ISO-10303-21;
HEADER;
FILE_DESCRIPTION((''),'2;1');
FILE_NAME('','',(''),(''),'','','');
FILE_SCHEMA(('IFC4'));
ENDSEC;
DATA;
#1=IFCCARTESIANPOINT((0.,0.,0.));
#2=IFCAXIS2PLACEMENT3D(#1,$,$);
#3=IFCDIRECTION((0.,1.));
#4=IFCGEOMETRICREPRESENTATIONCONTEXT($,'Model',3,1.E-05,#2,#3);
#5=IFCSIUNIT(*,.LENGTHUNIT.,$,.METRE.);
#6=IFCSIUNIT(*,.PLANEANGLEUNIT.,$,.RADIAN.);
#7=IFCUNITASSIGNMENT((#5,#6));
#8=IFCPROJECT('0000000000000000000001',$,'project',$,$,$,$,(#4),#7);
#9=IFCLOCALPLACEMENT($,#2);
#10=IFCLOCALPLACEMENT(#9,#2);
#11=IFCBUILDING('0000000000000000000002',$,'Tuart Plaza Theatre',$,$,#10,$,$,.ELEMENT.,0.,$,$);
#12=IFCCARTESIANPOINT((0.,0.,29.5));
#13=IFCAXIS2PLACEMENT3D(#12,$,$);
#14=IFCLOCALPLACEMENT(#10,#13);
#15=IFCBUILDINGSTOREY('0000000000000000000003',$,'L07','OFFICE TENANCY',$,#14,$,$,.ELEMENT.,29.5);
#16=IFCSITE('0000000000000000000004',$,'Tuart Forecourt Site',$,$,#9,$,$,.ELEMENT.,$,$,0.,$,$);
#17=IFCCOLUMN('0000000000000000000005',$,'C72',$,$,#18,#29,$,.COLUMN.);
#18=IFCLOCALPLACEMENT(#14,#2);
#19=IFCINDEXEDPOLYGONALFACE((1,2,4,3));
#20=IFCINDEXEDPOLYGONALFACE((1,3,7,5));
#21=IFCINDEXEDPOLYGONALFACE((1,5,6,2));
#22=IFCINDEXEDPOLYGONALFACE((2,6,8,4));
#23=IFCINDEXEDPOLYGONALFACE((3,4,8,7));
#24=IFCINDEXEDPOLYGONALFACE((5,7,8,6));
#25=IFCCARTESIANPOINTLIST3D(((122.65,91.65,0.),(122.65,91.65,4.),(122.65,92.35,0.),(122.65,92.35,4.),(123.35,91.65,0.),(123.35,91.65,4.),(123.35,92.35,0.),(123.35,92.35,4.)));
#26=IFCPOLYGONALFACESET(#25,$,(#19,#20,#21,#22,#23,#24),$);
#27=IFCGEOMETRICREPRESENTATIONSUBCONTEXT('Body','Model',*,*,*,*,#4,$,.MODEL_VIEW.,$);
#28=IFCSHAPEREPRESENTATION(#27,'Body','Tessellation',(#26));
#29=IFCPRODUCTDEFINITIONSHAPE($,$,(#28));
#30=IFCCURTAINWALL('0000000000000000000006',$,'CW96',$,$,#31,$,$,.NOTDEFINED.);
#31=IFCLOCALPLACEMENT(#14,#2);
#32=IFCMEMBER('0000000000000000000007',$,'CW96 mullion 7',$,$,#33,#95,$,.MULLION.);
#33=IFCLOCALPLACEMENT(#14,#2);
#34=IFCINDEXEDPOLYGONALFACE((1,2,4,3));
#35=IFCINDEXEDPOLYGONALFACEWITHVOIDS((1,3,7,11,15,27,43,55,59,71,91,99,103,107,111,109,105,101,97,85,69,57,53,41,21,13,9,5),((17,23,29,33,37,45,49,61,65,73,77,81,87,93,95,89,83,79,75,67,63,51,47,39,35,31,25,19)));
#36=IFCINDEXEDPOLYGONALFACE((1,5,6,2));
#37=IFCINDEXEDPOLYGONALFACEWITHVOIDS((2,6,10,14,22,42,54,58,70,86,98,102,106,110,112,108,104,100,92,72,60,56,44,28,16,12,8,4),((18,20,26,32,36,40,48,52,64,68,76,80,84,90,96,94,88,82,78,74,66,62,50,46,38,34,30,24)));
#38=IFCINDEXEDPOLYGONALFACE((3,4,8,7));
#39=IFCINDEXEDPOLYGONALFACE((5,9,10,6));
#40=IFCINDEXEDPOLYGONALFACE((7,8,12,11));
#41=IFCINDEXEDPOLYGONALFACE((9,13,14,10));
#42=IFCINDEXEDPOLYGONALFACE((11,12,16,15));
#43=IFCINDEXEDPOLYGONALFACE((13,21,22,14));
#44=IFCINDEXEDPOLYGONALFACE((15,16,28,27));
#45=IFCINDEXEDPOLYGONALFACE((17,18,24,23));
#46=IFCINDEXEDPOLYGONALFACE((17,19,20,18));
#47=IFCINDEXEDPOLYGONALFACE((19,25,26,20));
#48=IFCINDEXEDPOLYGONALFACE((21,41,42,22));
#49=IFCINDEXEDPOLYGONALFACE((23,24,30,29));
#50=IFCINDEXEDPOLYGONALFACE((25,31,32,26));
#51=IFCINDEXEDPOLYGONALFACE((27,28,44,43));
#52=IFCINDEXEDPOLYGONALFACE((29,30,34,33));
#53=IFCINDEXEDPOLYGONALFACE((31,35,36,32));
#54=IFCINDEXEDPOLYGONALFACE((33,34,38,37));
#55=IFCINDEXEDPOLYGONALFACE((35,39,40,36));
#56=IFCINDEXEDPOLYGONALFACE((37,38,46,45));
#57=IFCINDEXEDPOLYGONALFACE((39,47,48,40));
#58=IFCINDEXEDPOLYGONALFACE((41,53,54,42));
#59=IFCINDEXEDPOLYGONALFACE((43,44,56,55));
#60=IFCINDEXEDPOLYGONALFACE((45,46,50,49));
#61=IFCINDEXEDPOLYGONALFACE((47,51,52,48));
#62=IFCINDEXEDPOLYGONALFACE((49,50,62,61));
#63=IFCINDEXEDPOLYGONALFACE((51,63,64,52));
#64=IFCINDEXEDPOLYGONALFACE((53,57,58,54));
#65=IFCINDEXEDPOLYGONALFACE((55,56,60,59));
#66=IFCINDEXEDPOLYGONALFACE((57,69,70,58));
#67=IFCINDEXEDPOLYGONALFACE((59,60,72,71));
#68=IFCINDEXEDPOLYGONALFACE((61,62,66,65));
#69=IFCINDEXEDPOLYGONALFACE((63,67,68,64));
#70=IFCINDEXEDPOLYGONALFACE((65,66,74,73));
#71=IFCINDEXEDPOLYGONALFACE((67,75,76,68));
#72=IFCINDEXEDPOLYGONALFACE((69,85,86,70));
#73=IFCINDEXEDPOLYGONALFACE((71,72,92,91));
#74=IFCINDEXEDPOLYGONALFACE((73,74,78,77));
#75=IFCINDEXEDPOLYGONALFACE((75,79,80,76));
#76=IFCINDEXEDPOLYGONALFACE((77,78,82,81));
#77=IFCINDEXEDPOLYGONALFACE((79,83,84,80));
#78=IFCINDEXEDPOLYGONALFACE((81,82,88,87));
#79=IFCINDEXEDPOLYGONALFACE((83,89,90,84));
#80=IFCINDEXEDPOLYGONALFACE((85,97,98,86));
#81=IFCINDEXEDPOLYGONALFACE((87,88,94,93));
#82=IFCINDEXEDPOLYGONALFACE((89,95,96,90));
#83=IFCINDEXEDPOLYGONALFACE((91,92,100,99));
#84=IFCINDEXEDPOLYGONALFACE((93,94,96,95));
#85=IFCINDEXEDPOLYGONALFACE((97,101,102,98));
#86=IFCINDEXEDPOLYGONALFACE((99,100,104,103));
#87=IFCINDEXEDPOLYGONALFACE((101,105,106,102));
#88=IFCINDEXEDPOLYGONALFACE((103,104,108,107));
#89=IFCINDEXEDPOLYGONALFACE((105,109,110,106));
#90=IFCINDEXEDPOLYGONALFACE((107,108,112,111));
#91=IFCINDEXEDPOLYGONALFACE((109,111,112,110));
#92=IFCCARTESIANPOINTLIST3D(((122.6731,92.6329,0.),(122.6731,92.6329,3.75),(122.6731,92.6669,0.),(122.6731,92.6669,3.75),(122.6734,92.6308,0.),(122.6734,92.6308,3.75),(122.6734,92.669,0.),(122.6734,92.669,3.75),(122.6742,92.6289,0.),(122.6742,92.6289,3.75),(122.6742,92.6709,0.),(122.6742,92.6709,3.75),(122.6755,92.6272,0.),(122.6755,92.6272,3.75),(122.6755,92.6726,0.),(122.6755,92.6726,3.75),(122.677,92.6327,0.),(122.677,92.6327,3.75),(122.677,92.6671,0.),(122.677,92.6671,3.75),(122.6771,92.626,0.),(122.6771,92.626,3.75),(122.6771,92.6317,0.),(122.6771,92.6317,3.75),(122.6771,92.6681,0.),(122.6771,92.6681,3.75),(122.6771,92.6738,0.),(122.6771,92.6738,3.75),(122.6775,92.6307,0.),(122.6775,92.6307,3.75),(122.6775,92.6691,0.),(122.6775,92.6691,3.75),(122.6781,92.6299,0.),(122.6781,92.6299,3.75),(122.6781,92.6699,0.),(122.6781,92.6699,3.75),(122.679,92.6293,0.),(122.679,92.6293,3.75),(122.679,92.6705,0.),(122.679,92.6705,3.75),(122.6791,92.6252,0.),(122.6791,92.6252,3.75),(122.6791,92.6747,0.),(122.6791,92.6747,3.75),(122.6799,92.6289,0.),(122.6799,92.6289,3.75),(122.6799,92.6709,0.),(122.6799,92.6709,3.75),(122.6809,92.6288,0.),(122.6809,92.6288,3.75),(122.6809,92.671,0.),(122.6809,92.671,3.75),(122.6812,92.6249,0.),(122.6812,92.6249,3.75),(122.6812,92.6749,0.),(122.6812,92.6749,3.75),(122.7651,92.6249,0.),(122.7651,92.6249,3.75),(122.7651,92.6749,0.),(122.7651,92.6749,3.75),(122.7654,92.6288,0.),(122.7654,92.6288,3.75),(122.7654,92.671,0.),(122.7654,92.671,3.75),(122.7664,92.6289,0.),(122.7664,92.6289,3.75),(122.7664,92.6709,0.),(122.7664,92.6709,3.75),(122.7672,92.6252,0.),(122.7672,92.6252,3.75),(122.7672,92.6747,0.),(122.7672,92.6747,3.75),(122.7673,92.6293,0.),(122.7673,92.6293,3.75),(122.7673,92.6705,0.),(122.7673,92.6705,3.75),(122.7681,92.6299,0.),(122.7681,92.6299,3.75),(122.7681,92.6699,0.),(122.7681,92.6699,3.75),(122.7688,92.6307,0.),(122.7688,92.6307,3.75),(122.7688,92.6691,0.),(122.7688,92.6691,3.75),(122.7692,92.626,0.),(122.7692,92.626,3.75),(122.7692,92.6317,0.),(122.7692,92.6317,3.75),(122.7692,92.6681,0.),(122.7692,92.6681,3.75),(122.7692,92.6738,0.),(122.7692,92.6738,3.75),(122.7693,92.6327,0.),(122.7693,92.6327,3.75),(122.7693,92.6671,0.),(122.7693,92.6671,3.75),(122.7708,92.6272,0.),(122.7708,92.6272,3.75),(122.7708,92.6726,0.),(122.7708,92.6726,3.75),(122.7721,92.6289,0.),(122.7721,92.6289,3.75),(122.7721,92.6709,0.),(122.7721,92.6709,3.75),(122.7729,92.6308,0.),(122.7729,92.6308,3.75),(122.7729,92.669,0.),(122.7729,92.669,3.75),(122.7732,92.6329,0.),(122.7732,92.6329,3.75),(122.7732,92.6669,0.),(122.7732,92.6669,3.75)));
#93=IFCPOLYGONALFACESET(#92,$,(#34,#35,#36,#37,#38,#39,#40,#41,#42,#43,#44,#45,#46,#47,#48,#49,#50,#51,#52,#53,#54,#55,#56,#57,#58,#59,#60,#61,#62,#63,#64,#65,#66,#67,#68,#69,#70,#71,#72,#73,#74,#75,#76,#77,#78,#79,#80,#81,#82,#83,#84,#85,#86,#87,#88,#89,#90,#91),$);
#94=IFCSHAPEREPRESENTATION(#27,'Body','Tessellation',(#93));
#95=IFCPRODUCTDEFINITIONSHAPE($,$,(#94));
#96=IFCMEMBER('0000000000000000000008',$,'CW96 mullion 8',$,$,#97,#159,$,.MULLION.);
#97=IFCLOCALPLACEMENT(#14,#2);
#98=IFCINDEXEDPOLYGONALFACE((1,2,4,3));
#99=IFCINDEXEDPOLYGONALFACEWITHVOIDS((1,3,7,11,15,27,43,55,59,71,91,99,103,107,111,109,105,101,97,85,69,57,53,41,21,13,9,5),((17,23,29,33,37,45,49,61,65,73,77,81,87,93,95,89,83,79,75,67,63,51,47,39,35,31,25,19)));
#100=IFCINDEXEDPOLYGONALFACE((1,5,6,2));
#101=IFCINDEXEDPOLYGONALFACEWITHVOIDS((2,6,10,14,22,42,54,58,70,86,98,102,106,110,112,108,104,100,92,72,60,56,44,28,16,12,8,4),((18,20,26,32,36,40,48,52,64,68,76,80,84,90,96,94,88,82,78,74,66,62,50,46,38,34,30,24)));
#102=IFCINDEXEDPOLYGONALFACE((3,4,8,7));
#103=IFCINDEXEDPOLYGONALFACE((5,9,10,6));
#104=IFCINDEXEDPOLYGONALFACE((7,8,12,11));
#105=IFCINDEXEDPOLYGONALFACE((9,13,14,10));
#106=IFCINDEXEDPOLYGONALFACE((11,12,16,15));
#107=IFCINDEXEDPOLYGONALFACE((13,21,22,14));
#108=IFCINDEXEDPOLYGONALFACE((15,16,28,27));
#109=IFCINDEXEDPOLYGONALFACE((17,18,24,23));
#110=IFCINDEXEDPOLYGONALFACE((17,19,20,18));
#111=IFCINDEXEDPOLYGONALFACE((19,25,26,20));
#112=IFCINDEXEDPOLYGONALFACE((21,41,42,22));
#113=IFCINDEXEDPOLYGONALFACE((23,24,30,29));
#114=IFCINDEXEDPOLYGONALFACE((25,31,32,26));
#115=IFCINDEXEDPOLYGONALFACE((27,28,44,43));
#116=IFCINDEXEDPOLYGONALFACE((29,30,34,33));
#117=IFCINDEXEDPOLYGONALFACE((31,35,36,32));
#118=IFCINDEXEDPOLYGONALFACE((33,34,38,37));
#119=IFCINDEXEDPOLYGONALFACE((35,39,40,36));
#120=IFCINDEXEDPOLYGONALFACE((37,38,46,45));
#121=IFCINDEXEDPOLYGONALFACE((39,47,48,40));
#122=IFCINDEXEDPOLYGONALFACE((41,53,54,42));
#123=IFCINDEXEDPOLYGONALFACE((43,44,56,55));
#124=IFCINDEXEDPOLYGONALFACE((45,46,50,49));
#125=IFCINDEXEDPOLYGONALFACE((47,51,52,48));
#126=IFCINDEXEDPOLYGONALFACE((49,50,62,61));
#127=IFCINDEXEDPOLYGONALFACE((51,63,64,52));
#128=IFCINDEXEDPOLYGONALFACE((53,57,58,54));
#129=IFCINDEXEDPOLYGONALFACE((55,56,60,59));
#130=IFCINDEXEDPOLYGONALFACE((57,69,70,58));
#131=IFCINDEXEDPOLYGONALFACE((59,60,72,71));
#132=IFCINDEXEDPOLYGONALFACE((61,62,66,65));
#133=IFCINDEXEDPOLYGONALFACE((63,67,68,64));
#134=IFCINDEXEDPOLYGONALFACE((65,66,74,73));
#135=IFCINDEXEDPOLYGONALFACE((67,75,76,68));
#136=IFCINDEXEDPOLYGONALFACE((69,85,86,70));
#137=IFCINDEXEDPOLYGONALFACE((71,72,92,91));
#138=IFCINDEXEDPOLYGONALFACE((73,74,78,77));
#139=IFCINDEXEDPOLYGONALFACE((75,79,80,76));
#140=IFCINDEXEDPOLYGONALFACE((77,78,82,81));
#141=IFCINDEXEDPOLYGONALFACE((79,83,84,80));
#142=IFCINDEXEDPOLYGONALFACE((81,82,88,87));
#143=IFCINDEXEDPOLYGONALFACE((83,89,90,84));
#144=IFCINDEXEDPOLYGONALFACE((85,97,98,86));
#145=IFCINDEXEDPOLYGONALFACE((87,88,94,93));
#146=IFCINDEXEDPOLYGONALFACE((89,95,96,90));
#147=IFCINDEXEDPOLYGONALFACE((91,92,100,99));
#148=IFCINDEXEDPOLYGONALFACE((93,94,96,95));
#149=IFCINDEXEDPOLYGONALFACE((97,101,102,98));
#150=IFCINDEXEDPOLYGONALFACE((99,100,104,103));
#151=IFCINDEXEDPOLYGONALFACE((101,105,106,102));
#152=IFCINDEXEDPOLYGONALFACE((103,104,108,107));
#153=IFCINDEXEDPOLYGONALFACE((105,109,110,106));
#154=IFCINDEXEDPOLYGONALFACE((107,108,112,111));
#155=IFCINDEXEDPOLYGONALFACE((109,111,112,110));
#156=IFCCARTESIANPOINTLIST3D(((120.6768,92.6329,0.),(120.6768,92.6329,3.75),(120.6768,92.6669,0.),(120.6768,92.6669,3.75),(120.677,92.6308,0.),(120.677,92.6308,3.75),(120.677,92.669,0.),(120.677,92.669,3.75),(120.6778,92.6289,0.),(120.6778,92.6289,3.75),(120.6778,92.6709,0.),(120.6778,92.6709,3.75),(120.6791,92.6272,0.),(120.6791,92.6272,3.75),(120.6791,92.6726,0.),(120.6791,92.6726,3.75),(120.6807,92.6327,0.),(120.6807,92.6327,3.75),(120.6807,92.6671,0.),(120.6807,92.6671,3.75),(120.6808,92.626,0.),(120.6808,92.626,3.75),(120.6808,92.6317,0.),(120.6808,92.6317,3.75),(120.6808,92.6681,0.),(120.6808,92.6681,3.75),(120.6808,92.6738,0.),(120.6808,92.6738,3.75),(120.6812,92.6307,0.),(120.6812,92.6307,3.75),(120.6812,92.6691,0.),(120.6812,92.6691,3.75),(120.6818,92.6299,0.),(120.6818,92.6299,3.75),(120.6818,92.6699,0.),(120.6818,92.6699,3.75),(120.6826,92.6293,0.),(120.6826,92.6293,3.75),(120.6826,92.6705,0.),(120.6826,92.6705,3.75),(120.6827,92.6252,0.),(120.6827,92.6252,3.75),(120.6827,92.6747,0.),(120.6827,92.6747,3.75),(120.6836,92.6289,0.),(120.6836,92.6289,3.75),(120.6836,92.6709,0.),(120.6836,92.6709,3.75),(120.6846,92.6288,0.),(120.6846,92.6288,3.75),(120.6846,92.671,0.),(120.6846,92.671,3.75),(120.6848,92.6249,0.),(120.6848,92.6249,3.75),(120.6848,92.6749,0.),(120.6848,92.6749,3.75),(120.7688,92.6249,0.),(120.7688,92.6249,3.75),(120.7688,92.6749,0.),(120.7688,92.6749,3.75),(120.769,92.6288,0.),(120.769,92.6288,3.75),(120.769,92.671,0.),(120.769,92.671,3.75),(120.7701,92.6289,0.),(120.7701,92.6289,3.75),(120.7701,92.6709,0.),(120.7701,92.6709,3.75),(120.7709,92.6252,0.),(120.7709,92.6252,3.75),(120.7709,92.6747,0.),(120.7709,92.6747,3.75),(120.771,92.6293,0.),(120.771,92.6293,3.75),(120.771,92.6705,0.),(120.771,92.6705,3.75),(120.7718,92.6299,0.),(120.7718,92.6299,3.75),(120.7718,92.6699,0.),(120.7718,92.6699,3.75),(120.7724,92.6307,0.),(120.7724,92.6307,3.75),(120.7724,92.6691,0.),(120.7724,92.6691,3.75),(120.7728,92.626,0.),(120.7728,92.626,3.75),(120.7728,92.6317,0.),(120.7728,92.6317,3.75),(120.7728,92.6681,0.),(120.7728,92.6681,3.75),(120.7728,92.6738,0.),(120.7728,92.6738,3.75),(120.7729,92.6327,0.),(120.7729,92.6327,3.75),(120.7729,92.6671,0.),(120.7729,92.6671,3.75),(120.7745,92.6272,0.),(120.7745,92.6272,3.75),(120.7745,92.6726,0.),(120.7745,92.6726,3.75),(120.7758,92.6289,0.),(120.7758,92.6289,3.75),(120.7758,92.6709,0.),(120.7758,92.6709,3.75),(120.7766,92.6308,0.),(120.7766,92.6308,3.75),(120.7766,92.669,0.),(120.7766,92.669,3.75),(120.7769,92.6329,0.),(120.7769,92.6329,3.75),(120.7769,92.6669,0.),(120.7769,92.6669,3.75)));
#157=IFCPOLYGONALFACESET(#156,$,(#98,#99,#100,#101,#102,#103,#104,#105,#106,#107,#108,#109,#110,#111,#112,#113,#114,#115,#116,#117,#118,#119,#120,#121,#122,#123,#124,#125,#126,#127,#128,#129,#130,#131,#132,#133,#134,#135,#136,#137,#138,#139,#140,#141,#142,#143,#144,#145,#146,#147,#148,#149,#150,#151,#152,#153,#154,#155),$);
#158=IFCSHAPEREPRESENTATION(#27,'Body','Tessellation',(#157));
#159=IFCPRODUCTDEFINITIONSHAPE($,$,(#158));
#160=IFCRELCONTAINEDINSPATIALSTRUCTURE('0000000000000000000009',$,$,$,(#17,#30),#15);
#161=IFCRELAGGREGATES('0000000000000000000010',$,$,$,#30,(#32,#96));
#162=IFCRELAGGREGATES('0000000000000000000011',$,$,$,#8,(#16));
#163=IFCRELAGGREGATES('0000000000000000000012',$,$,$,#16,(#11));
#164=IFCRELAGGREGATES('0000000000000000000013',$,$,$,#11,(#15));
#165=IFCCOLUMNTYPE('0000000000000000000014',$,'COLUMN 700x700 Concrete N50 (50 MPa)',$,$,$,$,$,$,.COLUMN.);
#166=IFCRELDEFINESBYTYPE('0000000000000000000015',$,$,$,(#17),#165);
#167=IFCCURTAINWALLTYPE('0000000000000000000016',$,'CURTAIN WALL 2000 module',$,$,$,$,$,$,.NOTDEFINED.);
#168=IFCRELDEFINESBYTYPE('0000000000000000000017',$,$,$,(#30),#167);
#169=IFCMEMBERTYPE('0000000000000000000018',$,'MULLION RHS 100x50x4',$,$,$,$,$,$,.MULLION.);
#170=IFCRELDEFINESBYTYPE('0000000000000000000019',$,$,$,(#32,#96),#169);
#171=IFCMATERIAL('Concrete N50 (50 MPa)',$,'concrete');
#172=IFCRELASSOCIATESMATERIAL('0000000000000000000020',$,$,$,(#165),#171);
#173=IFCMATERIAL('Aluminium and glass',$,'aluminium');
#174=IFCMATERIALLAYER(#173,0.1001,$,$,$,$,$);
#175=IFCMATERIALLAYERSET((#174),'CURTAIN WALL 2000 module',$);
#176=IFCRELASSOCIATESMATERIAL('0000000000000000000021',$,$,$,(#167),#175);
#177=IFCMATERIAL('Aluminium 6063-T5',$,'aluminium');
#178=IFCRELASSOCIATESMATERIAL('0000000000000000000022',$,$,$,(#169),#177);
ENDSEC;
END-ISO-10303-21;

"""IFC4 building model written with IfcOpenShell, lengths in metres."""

from ifc_helpers import new_model, si_unit, direction, frame, origin, origin_2d, place, context, subcontext, project, spatial, rectangle, hollow_rectangle, extrude, material, layer, layer_set, material_profile, profile_set, type_object, element, aggregate, save


model = new_model("IFC4")

# Units and contexts
model_context = context("Model", 3, precision=1e-05, world=origin(), true_north=direction((0.0, 1.0)))
body_context = subcontext(model_context, "Body", "Model", "MODEL_VIEW")
ifc_project = project(units=[si_unit("LENGTHUNIT", "METRE"), si_unit("PLANEANGLEUNIT", "RADIAN")], contexts=[model_context])

# Site, building, storey
site_placement = place(None, origin())
site = spatial("IfcSite", under=ifc_project, at=site_placement, Name="Tuart Forecourt Site", CompositionType="ELEMENT", RefElevation=0.0)
building_placement = place(site_placement, origin())
building = spatial("IfcBuilding", under=site, at=building_placement, Name="Tuart Plaza Theatre", CompositionType="ELEMENT", ElevationOfRefHeight=0.0)
storey_placement = place(building_placement, frame((0.0, 0.0, 29.5)))
storey = spatial("IfcBuildingStorey", under=building, at=storey_placement, Name="L07", Description="OFFICE TENANCY", CompositionType="ELEMENT", Elevation=29.5)

# Column
ifc_material_1 = material(Name="Concrete N50 (50 MPa)", Category="concrete")
ifc_material_profile_1 = material_profile(ifc_material_1, rectangle(XDim=0.7, YDim=0.7, at=origin_2d()), Name="COLUMN 700x700 Concrete N50 (50 MPa)")
ifc_profile_set_1 = profile_set([ifc_material_profile_1], Name="Concrete N50 (50 MPa)")
column_type = type_object("IfcColumnType", Name="COLUMN 700x700 Concrete N50 (50 MPa)", PredefinedType="COLUMN", material=ifc_profile_set_1)
column_placement = place(storey_placement, frame((123.0, 92.0, 0.0), z_axis=(0.0, 0.0, 1.0), x_axis=(1.0, 0.0, 0.0)))
element("IfcColumn", 1, at=column_placement, inside=storey, type_object=column_type, Name="C72", PredefinedType="COLUMN", context=body_context, shape_type="SweptSolid", body=[
    extrude(rectangle(XDim=0.7, YDim=0.7, at=origin_2d()), origin(), (0.0, 0.0, 1.0), 4.0),
])

# Curtain wall, members
ifc_material_2 = material(Name="Aluminium and glass", Category="aluminium")
ifc_layer_1 = layer(ifc_material_2, 0.1001)
ifc_layer_set_1 = layer_set([ifc_layer_1], Name="CURTAIN WALL 2000 module")
curtain_wall_type = type_object("IfcCurtainWallType", Name="CURTAIN WALL 2000 module", PredefinedType="NOTDEFINED", material=ifc_layer_set_1)
curtain_wall_placement = place(storey_placement, origin())
curtain_wall = element("IfcCurtainWall", 2, at=curtain_wall_placement, inside=storey, type_object=curtain_wall_type, Name="CW96", PredefinedType="NOTDEFINED")
ifc_material_3 = material(Name="Aluminium 6063-T5", Category="aluminium")
ifc_material_profile_2 = material_profile(ifc_material_3, hollow_rectangle(XDim=0.05, YDim=0.1001, WallThickness=0.0039, InnerFilletRadius=0.0039, OuterFilletRadius=0.0081, at=origin_2d()), Name="RHS 100x50x4")
ifc_profile_set_2 = profile_set([ifc_material_profile_2], Name="Aluminium 6063-T5")
member_type_1 = type_object("IfcMemberType", Name="MULLION RHS 100x50x4", PredefinedType="MULLION", material=ifc_profile_set_2)
member_1_placement = place(storey_placement, frame((122.7231, 92.6499, 0.0), z_axis=(0.0, 0.0, 1.0), x_axis=(0.0, -1.0, 0.0)))
member_1 = element("IfcMember", 3, at=member_1_placement, type_object=member_type_1, Name="CW96 mullion 7", PredefinedType="MULLION", context=body_context, shape_type="SweptSolid", body=[
    extrude(hollow_rectangle(XDim=0.05, YDim=0.1001, WallThickness=0.0039, InnerFilletRadius=0.0039, OuterFilletRadius=0.0081, at=origin_2d()), origin(), (0.0, 0.0, 1.0), 3.75),
])
member_2_placement = place(storey_placement, frame((120.7268, 92.6499, 0.0), z_axis=(0.0, 0.0, 1.0), x_axis=(0.0, -1.0, 0.0)))
member_2 = element("IfcMember", 4, at=member_2_placement, type_object=member_type_1, Name="CW96 mullion 8", PredefinedType="MULLION", context=body_context, shape_type="SweptSolid", body=[
    extrude(hollow_rectangle(XDim=0.05, YDim=0.1001, WallThickness=0.0039, InnerFilletRadius=0.0039, OuterFilletRadius=0.0081, at=origin_2d()), origin(), (0.0, 0.0, 1.0), 3.75),
])
aggregate(curtain_wall, [member_1, member_2])

save(model, "model.ifc")
